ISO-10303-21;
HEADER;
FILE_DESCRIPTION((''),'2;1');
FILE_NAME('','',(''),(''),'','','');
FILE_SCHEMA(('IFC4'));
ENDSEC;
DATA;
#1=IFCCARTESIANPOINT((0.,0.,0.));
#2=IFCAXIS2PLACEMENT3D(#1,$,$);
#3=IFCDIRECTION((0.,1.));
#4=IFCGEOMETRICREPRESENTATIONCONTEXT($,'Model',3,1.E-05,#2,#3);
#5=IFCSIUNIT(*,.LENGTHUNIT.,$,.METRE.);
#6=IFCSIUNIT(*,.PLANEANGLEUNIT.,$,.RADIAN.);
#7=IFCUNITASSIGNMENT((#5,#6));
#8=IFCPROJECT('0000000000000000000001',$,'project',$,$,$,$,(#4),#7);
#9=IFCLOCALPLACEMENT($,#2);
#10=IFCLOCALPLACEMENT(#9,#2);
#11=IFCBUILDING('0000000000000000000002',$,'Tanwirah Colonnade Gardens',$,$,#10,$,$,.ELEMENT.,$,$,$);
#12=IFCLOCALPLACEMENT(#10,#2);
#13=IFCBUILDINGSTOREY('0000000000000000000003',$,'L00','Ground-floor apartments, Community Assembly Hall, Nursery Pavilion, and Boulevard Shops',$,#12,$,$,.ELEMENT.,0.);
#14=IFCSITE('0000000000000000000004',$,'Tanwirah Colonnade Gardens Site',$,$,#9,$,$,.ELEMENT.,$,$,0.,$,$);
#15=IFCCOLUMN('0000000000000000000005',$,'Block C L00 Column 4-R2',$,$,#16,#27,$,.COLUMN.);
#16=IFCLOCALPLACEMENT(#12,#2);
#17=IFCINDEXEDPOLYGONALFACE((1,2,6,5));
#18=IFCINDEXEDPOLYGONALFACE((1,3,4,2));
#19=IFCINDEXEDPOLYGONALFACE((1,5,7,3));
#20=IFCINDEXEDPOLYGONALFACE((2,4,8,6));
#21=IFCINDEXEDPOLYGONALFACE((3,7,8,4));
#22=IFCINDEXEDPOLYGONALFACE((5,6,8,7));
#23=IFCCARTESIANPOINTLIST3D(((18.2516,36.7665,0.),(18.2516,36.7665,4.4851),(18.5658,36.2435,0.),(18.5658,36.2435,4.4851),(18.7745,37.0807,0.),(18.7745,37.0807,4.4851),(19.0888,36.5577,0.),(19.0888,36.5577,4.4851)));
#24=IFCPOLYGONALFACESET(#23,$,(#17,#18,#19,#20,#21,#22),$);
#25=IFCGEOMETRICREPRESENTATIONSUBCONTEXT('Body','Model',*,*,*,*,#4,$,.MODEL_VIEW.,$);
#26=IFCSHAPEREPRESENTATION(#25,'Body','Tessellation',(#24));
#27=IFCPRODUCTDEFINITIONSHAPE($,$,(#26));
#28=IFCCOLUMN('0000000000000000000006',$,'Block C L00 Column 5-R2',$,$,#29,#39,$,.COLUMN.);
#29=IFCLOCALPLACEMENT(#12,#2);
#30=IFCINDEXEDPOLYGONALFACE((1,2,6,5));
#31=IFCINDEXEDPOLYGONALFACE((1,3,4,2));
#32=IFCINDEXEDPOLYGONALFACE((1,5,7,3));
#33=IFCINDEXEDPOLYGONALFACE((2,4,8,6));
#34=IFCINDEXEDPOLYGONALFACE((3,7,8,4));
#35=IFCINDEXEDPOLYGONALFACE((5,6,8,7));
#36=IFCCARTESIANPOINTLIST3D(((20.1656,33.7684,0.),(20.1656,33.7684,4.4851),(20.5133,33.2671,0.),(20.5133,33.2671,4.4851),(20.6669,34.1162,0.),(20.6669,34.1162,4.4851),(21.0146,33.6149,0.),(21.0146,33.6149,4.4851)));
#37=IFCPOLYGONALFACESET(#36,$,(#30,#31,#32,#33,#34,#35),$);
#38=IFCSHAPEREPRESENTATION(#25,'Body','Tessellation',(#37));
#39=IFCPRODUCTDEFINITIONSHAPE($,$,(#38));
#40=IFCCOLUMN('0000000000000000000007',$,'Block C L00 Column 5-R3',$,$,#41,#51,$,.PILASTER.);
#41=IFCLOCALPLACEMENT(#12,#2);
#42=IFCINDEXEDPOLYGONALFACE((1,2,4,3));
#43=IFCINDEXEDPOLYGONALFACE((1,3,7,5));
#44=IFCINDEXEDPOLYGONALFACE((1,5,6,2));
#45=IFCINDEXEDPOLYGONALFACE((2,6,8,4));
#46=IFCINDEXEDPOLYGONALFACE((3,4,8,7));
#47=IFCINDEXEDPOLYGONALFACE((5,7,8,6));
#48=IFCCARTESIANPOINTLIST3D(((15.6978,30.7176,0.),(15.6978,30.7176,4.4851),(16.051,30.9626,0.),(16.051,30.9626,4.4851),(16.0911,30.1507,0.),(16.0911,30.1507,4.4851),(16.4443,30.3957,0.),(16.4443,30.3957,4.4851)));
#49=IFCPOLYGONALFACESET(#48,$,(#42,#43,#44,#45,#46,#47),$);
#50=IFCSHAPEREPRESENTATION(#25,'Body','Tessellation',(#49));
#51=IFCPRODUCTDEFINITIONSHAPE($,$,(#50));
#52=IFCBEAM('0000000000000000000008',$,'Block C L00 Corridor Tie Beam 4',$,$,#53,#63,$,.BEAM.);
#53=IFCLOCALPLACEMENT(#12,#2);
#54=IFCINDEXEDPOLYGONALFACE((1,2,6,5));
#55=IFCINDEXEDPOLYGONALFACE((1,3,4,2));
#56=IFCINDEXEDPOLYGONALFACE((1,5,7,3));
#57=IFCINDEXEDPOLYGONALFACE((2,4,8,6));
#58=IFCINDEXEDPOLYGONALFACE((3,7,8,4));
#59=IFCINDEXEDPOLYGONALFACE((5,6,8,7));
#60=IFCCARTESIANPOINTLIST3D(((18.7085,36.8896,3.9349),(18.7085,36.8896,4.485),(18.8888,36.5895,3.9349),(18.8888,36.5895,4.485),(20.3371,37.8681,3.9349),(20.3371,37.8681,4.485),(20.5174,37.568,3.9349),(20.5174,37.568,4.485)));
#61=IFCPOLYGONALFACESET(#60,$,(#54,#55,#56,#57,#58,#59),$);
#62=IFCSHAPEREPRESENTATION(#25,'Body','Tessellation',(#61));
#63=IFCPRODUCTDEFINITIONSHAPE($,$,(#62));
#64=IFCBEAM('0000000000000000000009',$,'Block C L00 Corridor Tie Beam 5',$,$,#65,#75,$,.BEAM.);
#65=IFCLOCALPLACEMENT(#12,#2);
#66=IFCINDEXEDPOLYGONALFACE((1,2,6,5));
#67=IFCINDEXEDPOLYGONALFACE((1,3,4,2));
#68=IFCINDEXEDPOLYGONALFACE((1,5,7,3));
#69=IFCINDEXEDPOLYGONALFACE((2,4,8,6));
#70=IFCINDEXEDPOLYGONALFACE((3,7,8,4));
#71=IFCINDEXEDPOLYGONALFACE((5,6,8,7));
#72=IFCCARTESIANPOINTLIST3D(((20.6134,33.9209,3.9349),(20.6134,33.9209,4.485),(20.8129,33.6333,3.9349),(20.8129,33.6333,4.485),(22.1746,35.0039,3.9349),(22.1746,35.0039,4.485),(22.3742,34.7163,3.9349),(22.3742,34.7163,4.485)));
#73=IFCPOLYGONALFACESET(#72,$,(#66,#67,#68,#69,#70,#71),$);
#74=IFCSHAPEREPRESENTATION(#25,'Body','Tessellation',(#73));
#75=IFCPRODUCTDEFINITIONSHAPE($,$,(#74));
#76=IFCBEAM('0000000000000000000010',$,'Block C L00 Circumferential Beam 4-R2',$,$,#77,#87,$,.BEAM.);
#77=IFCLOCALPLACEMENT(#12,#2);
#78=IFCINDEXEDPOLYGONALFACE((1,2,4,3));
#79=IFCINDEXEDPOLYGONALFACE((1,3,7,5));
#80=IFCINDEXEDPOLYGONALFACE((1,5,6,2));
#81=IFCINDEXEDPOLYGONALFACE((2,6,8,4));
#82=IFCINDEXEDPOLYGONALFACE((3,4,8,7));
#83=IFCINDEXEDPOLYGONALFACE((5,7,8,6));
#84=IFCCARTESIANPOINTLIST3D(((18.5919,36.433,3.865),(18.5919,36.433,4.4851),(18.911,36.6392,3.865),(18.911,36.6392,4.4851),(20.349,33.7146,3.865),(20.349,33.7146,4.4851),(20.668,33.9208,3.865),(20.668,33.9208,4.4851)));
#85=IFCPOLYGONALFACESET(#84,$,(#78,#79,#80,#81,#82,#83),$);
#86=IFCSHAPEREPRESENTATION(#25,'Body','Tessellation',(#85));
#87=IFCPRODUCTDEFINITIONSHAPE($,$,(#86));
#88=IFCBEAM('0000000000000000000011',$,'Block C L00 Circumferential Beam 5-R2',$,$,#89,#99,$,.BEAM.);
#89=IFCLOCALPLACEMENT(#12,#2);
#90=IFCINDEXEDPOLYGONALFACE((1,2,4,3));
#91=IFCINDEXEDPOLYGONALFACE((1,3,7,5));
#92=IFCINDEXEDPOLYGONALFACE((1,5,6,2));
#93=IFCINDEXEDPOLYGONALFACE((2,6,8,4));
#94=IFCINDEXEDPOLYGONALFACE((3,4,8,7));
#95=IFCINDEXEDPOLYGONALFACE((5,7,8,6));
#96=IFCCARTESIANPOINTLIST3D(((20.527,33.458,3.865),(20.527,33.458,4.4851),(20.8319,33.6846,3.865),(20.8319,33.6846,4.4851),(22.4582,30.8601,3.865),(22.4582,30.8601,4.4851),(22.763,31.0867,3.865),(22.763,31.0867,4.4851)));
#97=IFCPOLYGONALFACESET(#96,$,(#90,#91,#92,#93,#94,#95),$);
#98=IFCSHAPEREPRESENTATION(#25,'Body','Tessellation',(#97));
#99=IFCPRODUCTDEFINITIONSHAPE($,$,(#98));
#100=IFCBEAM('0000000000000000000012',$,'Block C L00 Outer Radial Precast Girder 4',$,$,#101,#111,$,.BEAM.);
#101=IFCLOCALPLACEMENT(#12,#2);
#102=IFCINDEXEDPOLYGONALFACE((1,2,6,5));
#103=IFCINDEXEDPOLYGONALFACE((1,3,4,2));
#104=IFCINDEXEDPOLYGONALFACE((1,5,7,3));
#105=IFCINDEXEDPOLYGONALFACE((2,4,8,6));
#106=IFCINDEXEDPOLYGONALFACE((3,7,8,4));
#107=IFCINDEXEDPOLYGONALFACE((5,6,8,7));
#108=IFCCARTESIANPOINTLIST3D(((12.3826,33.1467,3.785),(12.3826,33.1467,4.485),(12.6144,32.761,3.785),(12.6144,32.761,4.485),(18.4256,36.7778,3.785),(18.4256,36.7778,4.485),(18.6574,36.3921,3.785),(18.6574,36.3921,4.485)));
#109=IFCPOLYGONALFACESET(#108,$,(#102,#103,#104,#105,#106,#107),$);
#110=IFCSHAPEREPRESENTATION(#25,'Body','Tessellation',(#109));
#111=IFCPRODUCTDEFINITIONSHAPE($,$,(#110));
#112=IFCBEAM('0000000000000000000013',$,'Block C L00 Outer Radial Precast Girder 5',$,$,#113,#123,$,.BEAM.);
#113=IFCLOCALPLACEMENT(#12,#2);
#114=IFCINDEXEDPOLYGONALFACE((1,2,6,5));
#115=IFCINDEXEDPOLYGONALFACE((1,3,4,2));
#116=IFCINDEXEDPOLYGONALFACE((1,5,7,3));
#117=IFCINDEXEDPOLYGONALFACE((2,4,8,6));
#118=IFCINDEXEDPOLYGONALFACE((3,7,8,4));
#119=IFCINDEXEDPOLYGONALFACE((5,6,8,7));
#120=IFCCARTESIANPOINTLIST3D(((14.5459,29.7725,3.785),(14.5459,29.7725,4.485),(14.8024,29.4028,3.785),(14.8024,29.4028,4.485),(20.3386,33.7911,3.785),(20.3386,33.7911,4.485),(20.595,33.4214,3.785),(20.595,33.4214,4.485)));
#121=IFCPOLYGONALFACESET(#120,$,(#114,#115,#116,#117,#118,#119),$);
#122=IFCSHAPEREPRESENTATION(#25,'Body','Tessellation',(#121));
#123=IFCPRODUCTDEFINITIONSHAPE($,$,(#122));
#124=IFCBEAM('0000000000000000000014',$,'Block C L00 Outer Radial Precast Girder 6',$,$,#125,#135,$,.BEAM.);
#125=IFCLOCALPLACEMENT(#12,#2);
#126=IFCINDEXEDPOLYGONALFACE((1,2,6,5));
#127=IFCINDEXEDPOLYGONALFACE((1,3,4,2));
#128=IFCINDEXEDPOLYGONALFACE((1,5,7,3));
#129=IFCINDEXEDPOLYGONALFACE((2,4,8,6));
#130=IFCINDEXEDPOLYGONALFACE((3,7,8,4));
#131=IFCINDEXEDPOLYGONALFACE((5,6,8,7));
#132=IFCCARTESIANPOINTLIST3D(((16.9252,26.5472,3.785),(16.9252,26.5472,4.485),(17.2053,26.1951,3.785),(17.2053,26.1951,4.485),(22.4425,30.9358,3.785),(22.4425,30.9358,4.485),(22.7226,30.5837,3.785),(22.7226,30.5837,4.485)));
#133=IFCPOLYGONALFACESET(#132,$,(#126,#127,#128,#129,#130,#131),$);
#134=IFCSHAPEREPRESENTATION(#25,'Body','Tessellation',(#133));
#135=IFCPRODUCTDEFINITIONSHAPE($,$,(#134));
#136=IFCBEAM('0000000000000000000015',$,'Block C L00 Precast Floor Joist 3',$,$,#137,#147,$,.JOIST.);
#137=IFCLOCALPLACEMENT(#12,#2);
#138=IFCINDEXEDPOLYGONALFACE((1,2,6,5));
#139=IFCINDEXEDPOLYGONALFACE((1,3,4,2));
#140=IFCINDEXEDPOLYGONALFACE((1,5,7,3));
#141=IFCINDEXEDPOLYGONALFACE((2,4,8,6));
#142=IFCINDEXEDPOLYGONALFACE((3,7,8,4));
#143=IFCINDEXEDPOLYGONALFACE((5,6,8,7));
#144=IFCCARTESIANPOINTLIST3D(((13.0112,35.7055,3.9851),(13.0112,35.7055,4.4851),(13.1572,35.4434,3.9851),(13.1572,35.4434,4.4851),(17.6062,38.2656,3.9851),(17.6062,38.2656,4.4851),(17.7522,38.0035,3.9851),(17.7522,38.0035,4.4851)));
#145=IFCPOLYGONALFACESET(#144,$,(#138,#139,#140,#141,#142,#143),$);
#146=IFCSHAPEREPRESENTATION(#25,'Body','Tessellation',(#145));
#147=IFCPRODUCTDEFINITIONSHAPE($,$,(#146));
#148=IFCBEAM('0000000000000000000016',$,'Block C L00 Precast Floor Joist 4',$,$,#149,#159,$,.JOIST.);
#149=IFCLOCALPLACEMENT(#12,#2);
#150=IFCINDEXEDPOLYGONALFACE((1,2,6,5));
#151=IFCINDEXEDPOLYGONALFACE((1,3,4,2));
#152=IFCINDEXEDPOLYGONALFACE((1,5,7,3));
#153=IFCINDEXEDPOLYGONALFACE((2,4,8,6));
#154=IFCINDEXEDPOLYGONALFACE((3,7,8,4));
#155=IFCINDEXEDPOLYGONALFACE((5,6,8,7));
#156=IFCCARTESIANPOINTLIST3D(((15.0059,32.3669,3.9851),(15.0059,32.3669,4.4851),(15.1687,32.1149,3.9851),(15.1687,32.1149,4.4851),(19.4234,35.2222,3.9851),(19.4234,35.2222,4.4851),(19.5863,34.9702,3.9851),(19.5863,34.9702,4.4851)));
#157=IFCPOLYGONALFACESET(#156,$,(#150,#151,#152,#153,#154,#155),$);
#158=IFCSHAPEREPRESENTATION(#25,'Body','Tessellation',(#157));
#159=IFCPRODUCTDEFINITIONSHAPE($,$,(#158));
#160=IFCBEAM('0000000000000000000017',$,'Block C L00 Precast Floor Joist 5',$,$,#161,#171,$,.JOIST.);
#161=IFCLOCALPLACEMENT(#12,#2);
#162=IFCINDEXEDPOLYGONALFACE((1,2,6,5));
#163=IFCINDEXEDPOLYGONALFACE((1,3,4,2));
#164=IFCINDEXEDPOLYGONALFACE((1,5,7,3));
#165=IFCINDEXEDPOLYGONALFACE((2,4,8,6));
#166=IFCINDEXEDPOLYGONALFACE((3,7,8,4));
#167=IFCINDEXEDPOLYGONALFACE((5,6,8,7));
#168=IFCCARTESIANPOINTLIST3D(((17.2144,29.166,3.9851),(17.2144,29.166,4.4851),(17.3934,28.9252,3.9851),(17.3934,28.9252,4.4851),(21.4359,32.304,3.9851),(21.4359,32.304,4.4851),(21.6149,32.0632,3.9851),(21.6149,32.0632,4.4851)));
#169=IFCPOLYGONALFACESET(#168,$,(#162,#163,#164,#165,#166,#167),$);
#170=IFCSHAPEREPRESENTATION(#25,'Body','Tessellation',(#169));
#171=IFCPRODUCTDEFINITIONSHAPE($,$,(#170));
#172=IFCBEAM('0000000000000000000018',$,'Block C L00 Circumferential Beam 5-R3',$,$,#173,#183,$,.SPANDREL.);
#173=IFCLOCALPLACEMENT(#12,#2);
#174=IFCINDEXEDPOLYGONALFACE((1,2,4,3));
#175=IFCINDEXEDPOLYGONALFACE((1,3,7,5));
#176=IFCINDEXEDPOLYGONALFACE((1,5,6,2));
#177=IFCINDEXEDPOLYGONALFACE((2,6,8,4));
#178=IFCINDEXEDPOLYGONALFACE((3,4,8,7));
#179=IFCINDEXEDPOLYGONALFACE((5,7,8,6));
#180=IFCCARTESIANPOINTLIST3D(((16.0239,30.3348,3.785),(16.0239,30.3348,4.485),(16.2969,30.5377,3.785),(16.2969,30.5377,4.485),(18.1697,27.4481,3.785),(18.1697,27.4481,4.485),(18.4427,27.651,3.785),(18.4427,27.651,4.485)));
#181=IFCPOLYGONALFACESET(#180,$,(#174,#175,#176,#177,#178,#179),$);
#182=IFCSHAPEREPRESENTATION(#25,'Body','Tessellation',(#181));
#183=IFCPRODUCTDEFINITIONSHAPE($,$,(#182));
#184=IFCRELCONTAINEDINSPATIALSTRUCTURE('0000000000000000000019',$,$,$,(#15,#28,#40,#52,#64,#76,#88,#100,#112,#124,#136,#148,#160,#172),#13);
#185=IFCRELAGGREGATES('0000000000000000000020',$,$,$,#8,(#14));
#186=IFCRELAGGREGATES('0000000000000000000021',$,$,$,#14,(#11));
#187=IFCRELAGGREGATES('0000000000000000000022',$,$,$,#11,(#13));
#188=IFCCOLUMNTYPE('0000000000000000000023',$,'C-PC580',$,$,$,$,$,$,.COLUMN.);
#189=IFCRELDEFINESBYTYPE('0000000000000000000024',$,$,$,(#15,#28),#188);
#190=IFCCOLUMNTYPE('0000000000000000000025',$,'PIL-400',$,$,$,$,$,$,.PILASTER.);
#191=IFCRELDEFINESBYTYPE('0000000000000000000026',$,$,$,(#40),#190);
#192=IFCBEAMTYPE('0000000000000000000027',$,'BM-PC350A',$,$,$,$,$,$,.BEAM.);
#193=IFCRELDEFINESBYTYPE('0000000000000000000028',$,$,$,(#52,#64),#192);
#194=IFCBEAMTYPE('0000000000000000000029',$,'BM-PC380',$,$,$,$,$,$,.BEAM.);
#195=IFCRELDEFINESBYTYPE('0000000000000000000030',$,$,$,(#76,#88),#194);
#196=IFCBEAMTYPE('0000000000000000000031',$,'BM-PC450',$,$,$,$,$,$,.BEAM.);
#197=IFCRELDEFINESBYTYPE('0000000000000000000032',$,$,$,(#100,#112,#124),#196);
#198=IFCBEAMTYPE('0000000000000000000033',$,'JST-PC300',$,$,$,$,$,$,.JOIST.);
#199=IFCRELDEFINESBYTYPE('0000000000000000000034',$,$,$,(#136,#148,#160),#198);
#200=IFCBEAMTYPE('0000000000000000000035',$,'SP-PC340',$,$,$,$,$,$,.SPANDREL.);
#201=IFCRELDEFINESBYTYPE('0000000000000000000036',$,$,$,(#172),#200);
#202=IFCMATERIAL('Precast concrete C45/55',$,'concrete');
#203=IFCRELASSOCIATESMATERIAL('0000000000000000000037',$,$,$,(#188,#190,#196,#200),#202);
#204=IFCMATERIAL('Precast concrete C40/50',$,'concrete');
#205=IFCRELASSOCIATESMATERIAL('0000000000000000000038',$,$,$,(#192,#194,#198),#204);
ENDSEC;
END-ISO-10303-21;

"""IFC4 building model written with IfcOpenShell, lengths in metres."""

from ifc_helpers import new_model, si_unit, direction, frame, origin, origin_2d, place, context, subcontext, project, spatial, rectangle, extrude, material, material_profile, profile_set, type_object, element, save


model = new_model("IFC4")

# Units and contexts
model_context = context("Model", 3, precision=1e-05, world=origin(), true_north=direction((0.0, 1.0)))
body_context = subcontext(model_context, "Body", "Model", "MODEL_VIEW")
ifc_project = project(units=[si_unit("LENGTHUNIT", "METRE"), si_unit("PLANEANGLEUNIT", "RADIAN")], contexts=[model_context])

# Site, building, storey
site_placement = place(None, origin())
site = spatial("IfcSite", under=ifc_project, at=site_placement, Name="Tanwirah Colonnade Gardens Site", CompositionType="ELEMENT", RefElevation=0.0)
building_placement = place(site_placement, origin())
building = spatial("IfcBuilding", under=site, at=building_placement, Name="Tanwirah Colonnade Gardens", CompositionType="ELEMENT")
storey_placement = place(building_placement, origin())
storey = spatial("IfcBuildingStorey", under=building, at=storey_placement, Name="L00", Description="Ground-floor apartments, Community Assembly Hall, Nursery Pavilion, and Boulevard Shops", CompositionType="ELEMENT", Elevation=0.0)

# Columns
ifc_material_1 = material(Name="Precast concrete C45/55", Category="concrete")
ifc_material_profile_1 = material_profile(ifc_material_1, rectangle(XDim=0.6101, YDim=0.6101, at=origin_2d()), Name="PC-COL 610x610")
ifc_profile_set_1 = profile_set([ifc_material_profile_1], Name="Precast concrete C45/55")
column_type_1 = type_object("IfcColumnType", Name="C-PC580", PredefinedType="COLUMN", material=ifc_profile_set_1)
for number, where, z_axis, x_axis, name in (
    (1, (18.6702, 36.6621, 0.0), (0.0, 0.0, 1.0), (-0.857167, -0.515038, 0.0), "Block C L00 Column 4-R2"),
    (2, (20.5901, 33.6917, 0.0), (0.0, 0.0, 1.0), (-0.821647, -0.569997, 0.0), "Block C L00 Column 5-R2"),
):
    element("IfcColumn", number, at=place(storey_placement, frame(where, z_axis=z_axis, x_axis=x_axis)), inside=storey, type_object=column_type_1, Name=name, PredefinedType="COLUMN", context=body_context, shape_type="SweptSolid", body=[
        extrude(rectangle(XDim=0.6101, YDim=0.6101, at=origin_2d()), origin(), (0.0, 0.0, 1.0), 4.4851),
    ])
ifc_material_profile_2 = material_profile(ifc_material_1, rectangle(XDim=0.4299, YDim=0.6899, at=origin_2d()), Name="PC-PIL 430x690")
ifc_profile_set_2 = profile_set([ifc_material_profile_2], Name="Precast concrete C45/55")
column_type_2 = type_object("IfcColumnType", Name="PIL-400", PredefinedType="PILASTER", material=ifc_profile_set_2)
column_placement = place(storey_placement, frame((16.071, 30.5566, 0.0), z_axis=(0.0, 0.0, 1.0), x_axis=(-0.821647, -0.569997, 0.0)))
element("IfcColumn", 3, at=column_placement, inside=storey, type_object=column_type_2, Name="Block C L00 Column 5-R3", PredefinedType="PILASTER", context=body_context, shape_type="SweptSolid", body=[
    extrude(rectangle(XDim=0.4299, YDim=0.6899, at=origin_2d()), origin(), (0.0, 0.0, 1.0), 4.4851),
])

# Beams
ifc_material_2 = material(Name="Precast concrete C40/50", Category="concrete")
ifc_material_profile_3 = material_profile(ifc_material_2, rectangle(XDim=0.3501, YDim=0.55, at=origin_2d()), Name="PC-BM 350x550")
ifc_profile_set_3 = profile_set([ifc_material_profile_3], Name="Precast concrete C40/50")
beam_type_1 = type_object("IfcBeamType", Name="BM-PC350A", PredefinedType="BEAM", material=ifc_profile_set_3)
beam_1_placement = place(storey_placement, frame((20.4272, 37.718, 4.21), z_axis=(-0.857187, -0.515006, 0.0), x_axis=(0.515006, -0.857187, 0.0)))
element("IfcBeam", 4, at=beam_1_placement, inside=storey, type_object=beam_type_1, Name="Block C L00 Corridor Tie Beam 4", PredefinedType="BEAM", context=body_context, shape_type="SweptSolid", body=[
    extrude(rectangle(XDim=0.3501, YDim=0.55, at=origin_2d()), origin(), (0.0, 0.0, 1.0), 1.8999),
])
beam_2_placement = place(storey_placement, frame((22.2744, 34.8601, 4.21), z_axis=(-0.821669, -0.569965, 0.0), x_axis=(0.569965, -0.821669, 0.0)))
element("IfcBeam", 5, at=beam_2_placement, inside=storey, type_object=beam_type_1, Name="Block C L00 Corridor Tie Beam 5", PredefinedType="BEAM", context=body_context, shape_type="SweptSolid", body=[
    extrude(rectangle(XDim=0.3501, YDim=0.55, at=origin_2d()), origin(), (0.0, 0.0, 1.0), 1.9001),
])
ifc_material_profile_4 = material_profile(ifc_material_2, rectangle(XDim=0.3799, YDim=0.6201, at=origin_2d()), Name="PC-BM 380x620")
ifc_profile_set_4 = profile_set([ifc_material_profile_4], Name="Precast concrete C40/50")
beam_type_2 = type_object("IfcBeamType", Name="BM-PC380", PredefinedType="BEAM", material=ifc_profile_set_4)
beam_3_placement = place(storey_placement, frame((18.7515, 36.5361, 4.175), z_axis=(0.542826, -0.839845, 0.0), x_axis=(0.839845, 0.542826, 0.0)))
element("IfcBeam", 6, at=beam_3_placement, inside=storey, type_object=beam_type_2, Name="Block C L00 Circumferential Beam 4-R2", PredefinedType="BEAM", context=body_context, shape_type="SweptSolid", body=[
    extrude(rectangle(XDim=0.3799, YDim=0.6201, at=origin_2d()), origin(), (0.0, 0.0, 1.0), 3.2368),
])
beam_4_placement = place(storey_placement, frame((20.6794, 33.5713, 4.175), z_axis=(0.596579, -0.802554, 0.0), x_axis=(0.802554, 0.596579, 0.0)))
element("IfcBeam", 7, at=beam_4_placement, inside=storey, type_object=beam_type_2, Name="Block C L00 Circumferential Beam 5-R2", PredefinedType="BEAM", context=body_context, shape_type="SweptSolid", body=[
    extrude(rectangle(XDim=0.3799, YDim=0.6201, at=origin_2d()), origin(), (0.0, 0.0, 1.0), 3.2371),
])
ifc_material_profile_5 = material_profile(ifc_material_1, rectangle(XDim=0.45, YDim=0.7, at=origin_2d()), Name="PC-BM 450x700")
ifc_profile_set_5 = profile_set([ifc_material_profile_5], Name="Precast concrete C45/55")
beam_type_3 = type_object("IfcBeamType", Name="BM-PC450", PredefinedType="BEAM", material=ifc_profile_set_5)
for number, where, z_axis, x_axis, name in (
    (8, (18.5415, 36.585, 4.135), (-0.85716, -0.515051, 0.0), (0.515051, -0.85716, 0.0), "Block C L00 Outer Radial Precast Girder 4"),
    (9, (20.4668, 33.6062, 4.135), (-0.821647, -0.569997, 0.0), (0.569997, -0.821647, 0.0), "Block C L00 Outer Radial Precast Girder 5"),
):
    element("IfcBeam", number, at=place(storey_placement, frame(where, z_axis=z_axis, x_axis=x_axis)), inside=storey, type_object=beam_type_3, Name=name, PredefinedType="BEAM", context=body_context, shape_type="SweptSolid", body=[
        extrude(rectangle(XDim=0.45, YDim=0.7, at=origin_2d()), origin(), (0.0, 0.0, 1.0), 7.05),
    ])
beam_5_placement = place(storey_placement, frame((22.5825, 30.7598, 4.135), z_axis=(-0.782609, -0.622513, 0.0), x_axis=(0.622513, -0.782609, 0.0)))
element("IfcBeam", 10, at=beam_5_placement, inside=storey, type_object=beam_type_3, Name="Block C L00 Outer Radial Precast Girder 6", PredefinedType="BEAM", context=body_context, shape_type="SweptSolid", body=[
    extrude(rectangle(XDim=0.45, YDim=0.7, at=origin_2d()), origin(), (0.0, 0.0, 1.0), 7.0498),
])
ifc_material_profile_6 = material_profile(ifc_material_2, rectangle(XDim=0.3, YDim=0.5, at=origin_2d()), Name="PC-JST 300x500")
ifc_profile_set_6 = profile_set([ifc_material_profile_6], Name="Precast concrete C40/50")
beam_type_4 = type_object("IfcBeamType", Name="JST-PC300", PredefinedType="JOIST", material=ifc_profile_set_6)
for number, where, z_axis, x_axis, name in (
    (11, (17.6792, 38.1345, 4.2351), (-0.873568, -0.486703, 0.0), (0.486703, -0.873568, 0.0), "Block C L00 Precast Floor Joist 3"),
    (12, (19.5049, 35.0962, 4.2351), (-0.839843, -0.54283, 0.0), (0.54283, -0.839843, 0.0), "Block C L00 Precast Floor Joist 4"),
    (13, (21.5254, 32.1836, 4.2351), (-0.80256, -0.596571, 0.0), (0.596571, -0.80256, 0.0), "Block C L00 Precast Floor Joist 5"),
):
    element("IfcBeam", number, at=place(storey_placement, frame(where, z_axis=z_axis, x_axis=x_axis)), inside=storey, type_object=beam_type_4, Name=name, PredefinedType="JOIST", context=body_context, shape_type="SweptSolid", body=[
        extrude(rectangle(XDim=0.3, YDim=0.5, at=origin_2d()), origin(), (0.0, 0.0, 1.0), 5.26),
    ])
ifc_material_profile_7 = material_profile(ifc_material_1, rectangle(XDim=0.3401, YDim=0.7, at=origin_2d()), Name="PC-SP 340x700")
ifc_profile_set_7 = profile_set([ifc_material_profile_7], Name="Precast concrete C45/55")
beam_type_5 = type_object("IfcBeamType", Name="SP-PC340", PredefinedType="SPANDREL", material=ifc_profile_set_7)
beam_6_placement = place(storey_placement, frame((16.1604, 30.4363, 4.135), z_axis=(0.596563, -0.802566, 0.0), x_axis=(0.802566, 0.596563, 0.0)))
element("IfcBeam", 14, at=beam_6_placement, inside=storey, type_object=beam_type_5, Name="Block C L00 Circumferential Beam 5-R3", PredefinedType="SPANDREL", context=body_context, shape_type="SweptSolid", body=[
    extrude(rectangle(XDim=0.3401, YDim=0.7, at=origin_2d()), origin(), (0.0, 0.0, 1.0), 3.5969),
])

save(model, "model.ifc")
